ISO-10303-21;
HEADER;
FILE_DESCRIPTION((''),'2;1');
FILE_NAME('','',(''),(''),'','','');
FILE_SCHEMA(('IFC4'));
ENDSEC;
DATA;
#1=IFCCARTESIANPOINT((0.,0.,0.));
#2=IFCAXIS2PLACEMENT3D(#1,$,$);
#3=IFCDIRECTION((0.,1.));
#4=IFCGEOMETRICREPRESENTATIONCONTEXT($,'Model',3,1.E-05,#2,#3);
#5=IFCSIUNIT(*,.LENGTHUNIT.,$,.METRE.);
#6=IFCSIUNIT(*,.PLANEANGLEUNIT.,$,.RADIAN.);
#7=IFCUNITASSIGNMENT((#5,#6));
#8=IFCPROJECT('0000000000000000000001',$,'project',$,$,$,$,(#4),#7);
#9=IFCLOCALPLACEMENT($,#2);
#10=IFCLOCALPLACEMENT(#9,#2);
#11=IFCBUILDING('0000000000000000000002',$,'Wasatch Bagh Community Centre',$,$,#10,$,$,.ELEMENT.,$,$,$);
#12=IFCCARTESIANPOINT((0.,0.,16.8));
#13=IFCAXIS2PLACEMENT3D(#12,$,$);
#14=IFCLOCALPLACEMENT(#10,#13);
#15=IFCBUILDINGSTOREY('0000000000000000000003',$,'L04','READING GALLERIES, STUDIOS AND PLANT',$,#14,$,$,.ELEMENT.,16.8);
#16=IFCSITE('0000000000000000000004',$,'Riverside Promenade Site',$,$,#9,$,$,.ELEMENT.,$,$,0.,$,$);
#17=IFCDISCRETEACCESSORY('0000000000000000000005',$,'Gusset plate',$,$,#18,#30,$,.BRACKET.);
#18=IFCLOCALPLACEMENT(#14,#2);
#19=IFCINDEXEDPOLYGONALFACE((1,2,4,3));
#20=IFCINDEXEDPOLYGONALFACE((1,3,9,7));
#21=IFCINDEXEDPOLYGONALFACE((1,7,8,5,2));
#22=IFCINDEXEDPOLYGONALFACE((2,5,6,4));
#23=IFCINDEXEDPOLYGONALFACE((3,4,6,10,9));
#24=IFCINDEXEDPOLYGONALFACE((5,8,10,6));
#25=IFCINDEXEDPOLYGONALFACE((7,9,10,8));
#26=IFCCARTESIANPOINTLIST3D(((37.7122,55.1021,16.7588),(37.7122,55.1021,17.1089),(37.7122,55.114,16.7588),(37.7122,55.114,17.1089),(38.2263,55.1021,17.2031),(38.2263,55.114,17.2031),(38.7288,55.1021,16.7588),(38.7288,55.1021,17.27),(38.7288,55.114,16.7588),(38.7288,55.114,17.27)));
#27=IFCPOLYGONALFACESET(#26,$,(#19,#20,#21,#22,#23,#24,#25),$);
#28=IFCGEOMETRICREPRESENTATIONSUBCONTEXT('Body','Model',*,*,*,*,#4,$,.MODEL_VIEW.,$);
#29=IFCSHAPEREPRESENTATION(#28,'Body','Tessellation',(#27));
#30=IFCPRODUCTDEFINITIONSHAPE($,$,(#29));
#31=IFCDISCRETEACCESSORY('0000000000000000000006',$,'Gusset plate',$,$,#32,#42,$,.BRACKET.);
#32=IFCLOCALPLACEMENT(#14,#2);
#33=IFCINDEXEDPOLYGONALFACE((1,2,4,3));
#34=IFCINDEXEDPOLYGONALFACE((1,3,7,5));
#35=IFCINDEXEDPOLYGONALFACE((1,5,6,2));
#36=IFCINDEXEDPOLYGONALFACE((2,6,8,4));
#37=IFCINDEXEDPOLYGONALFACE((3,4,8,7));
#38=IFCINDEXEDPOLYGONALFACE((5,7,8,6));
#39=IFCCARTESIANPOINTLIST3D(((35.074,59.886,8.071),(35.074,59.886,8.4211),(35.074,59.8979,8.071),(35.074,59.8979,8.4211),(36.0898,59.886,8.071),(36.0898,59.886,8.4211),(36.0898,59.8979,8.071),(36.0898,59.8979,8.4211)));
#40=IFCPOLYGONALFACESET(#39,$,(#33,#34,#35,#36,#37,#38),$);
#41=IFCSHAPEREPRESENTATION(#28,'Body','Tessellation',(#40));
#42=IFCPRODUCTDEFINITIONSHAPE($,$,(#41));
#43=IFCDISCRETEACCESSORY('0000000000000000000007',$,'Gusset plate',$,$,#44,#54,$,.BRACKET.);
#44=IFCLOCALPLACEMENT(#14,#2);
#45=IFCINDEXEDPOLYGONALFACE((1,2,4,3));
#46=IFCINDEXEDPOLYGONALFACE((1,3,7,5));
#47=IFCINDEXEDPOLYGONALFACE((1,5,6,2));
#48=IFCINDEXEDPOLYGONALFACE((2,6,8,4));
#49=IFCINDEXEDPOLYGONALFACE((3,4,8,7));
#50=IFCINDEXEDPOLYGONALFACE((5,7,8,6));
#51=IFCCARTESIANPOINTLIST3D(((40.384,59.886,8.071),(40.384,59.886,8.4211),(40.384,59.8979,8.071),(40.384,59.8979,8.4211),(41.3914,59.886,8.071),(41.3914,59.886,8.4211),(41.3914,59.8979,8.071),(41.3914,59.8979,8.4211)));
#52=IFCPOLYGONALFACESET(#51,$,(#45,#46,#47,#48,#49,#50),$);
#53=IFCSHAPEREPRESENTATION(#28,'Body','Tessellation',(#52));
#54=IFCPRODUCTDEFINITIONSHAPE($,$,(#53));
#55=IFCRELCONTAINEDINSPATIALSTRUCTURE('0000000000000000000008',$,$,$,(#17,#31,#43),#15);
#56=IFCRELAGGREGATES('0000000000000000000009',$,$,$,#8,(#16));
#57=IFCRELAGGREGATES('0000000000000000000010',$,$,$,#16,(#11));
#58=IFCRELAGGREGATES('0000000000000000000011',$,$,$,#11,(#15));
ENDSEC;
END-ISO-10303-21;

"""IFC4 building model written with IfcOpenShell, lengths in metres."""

from ifc_helpers import new_model, si_unit, direction, frame, origin, place, context, subcontext, project, spatial, polyline, outline, extrude, element, save


model = new_model("IFC4")

# Units and contexts
model_context = context("Model", 3, precision=1e-05, world=origin(), true_north=direction((0.0, 1.0)))
body_context = subcontext(model_context, "Body", "Model", "MODEL_VIEW")
ifc_project = project(units=[si_unit("LENGTHUNIT", "METRE"), si_unit("PLANEANGLEUNIT", "RADIAN")], contexts=[model_context])

# Site, building, storey
site_placement = place(None, origin())
site = spatial("IfcSite", under=ifc_project, at=site_placement, Name="Riverside Promenade Site", CompositionType="ELEMENT", RefElevation=0.0)
building_placement = place(site_placement, origin())
building = spatial("IfcBuilding", under=site, at=building_placement, Name="Wasatch Bagh Community Centre", CompositionType="ELEMENT")
storey_placement = place(building_placement, frame((0.0, 0.0, 16.8)))
storey = spatial("IfcBuildingStorey", under=building, at=storey_placement, Name="L04", Description="READING GALLERIES, STUDIOS AND PLANT", CompositionType="ELEMENT", Elevation=16.8)

# Discrete accessories
discrete_accessory_1_placement = place(storey_placement, frame((37.7122, 55.114, 17.1089), z_axis=(0.0, 1.0, 0.0), x_axis=(0.983615, 0.0, 0.180283)))
element("IfcDiscreteAccessory", 1, at=discrete_accessory_1_placement, inside=storey, Name="Gusset plate", PredefinedType="BRACKET", context=body_context, shape_type="SweptSolid", body=[
    extrude(outline(polyline([(0.0, 0.0), (0.5227, 0.0), (1.029, 0.0248), (0.9368, 0.5276), (-0.0631, 0.3444), (0.0, 0.0)])), origin(), (0.0, 0.0, -1.0), 0.012),
])
discrete_accessory_2_placement = place(storey_placement, frame((35.074, 59.886, 8.071), z_axis=(0.0, -1.0, 0.0), x_axis=(1.0, 0.0, 0.0)))
element("IfcDiscreteAccessory", 2, at=discrete_accessory_2_placement, inside=storey, Name="Gusset plate", PredefinedType="BRACKET", context=body_context, shape_type="SweptSolid", body=[
    extrude(outline(polyline([(0.0, 0.0), (1.0159, 0.0), (1.0159, 0.3501), (0.0, 0.3501), (0.0, 0.0)])), origin(), (0.0, 0.0, -1.0), 0.012),
])
discrete_accessory_3_placement = place(storey_placement, frame((40.384, 59.886, 8.071), z_axis=(0.0, -1.0, 0.0), x_axis=(1.0, 0.0, 0.0)))
element("IfcDiscreteAccessory", 3, at=discrete_accessory_3_placement, inside=storey, Name="Gusset plate", PredefinedType="BRACKET", context=body_context, shape_type="SweptSolid", body=[
    extrude(outline(polyline([(0.0, 0.0), (1.0073, 0.0), (1.0073, 0.3501), (0.0, 0.3501), (0.0, 0.0)])), origin(), (0.0, 0.0, -1.0), 0.012),
])

save(model, "model.ifc")
